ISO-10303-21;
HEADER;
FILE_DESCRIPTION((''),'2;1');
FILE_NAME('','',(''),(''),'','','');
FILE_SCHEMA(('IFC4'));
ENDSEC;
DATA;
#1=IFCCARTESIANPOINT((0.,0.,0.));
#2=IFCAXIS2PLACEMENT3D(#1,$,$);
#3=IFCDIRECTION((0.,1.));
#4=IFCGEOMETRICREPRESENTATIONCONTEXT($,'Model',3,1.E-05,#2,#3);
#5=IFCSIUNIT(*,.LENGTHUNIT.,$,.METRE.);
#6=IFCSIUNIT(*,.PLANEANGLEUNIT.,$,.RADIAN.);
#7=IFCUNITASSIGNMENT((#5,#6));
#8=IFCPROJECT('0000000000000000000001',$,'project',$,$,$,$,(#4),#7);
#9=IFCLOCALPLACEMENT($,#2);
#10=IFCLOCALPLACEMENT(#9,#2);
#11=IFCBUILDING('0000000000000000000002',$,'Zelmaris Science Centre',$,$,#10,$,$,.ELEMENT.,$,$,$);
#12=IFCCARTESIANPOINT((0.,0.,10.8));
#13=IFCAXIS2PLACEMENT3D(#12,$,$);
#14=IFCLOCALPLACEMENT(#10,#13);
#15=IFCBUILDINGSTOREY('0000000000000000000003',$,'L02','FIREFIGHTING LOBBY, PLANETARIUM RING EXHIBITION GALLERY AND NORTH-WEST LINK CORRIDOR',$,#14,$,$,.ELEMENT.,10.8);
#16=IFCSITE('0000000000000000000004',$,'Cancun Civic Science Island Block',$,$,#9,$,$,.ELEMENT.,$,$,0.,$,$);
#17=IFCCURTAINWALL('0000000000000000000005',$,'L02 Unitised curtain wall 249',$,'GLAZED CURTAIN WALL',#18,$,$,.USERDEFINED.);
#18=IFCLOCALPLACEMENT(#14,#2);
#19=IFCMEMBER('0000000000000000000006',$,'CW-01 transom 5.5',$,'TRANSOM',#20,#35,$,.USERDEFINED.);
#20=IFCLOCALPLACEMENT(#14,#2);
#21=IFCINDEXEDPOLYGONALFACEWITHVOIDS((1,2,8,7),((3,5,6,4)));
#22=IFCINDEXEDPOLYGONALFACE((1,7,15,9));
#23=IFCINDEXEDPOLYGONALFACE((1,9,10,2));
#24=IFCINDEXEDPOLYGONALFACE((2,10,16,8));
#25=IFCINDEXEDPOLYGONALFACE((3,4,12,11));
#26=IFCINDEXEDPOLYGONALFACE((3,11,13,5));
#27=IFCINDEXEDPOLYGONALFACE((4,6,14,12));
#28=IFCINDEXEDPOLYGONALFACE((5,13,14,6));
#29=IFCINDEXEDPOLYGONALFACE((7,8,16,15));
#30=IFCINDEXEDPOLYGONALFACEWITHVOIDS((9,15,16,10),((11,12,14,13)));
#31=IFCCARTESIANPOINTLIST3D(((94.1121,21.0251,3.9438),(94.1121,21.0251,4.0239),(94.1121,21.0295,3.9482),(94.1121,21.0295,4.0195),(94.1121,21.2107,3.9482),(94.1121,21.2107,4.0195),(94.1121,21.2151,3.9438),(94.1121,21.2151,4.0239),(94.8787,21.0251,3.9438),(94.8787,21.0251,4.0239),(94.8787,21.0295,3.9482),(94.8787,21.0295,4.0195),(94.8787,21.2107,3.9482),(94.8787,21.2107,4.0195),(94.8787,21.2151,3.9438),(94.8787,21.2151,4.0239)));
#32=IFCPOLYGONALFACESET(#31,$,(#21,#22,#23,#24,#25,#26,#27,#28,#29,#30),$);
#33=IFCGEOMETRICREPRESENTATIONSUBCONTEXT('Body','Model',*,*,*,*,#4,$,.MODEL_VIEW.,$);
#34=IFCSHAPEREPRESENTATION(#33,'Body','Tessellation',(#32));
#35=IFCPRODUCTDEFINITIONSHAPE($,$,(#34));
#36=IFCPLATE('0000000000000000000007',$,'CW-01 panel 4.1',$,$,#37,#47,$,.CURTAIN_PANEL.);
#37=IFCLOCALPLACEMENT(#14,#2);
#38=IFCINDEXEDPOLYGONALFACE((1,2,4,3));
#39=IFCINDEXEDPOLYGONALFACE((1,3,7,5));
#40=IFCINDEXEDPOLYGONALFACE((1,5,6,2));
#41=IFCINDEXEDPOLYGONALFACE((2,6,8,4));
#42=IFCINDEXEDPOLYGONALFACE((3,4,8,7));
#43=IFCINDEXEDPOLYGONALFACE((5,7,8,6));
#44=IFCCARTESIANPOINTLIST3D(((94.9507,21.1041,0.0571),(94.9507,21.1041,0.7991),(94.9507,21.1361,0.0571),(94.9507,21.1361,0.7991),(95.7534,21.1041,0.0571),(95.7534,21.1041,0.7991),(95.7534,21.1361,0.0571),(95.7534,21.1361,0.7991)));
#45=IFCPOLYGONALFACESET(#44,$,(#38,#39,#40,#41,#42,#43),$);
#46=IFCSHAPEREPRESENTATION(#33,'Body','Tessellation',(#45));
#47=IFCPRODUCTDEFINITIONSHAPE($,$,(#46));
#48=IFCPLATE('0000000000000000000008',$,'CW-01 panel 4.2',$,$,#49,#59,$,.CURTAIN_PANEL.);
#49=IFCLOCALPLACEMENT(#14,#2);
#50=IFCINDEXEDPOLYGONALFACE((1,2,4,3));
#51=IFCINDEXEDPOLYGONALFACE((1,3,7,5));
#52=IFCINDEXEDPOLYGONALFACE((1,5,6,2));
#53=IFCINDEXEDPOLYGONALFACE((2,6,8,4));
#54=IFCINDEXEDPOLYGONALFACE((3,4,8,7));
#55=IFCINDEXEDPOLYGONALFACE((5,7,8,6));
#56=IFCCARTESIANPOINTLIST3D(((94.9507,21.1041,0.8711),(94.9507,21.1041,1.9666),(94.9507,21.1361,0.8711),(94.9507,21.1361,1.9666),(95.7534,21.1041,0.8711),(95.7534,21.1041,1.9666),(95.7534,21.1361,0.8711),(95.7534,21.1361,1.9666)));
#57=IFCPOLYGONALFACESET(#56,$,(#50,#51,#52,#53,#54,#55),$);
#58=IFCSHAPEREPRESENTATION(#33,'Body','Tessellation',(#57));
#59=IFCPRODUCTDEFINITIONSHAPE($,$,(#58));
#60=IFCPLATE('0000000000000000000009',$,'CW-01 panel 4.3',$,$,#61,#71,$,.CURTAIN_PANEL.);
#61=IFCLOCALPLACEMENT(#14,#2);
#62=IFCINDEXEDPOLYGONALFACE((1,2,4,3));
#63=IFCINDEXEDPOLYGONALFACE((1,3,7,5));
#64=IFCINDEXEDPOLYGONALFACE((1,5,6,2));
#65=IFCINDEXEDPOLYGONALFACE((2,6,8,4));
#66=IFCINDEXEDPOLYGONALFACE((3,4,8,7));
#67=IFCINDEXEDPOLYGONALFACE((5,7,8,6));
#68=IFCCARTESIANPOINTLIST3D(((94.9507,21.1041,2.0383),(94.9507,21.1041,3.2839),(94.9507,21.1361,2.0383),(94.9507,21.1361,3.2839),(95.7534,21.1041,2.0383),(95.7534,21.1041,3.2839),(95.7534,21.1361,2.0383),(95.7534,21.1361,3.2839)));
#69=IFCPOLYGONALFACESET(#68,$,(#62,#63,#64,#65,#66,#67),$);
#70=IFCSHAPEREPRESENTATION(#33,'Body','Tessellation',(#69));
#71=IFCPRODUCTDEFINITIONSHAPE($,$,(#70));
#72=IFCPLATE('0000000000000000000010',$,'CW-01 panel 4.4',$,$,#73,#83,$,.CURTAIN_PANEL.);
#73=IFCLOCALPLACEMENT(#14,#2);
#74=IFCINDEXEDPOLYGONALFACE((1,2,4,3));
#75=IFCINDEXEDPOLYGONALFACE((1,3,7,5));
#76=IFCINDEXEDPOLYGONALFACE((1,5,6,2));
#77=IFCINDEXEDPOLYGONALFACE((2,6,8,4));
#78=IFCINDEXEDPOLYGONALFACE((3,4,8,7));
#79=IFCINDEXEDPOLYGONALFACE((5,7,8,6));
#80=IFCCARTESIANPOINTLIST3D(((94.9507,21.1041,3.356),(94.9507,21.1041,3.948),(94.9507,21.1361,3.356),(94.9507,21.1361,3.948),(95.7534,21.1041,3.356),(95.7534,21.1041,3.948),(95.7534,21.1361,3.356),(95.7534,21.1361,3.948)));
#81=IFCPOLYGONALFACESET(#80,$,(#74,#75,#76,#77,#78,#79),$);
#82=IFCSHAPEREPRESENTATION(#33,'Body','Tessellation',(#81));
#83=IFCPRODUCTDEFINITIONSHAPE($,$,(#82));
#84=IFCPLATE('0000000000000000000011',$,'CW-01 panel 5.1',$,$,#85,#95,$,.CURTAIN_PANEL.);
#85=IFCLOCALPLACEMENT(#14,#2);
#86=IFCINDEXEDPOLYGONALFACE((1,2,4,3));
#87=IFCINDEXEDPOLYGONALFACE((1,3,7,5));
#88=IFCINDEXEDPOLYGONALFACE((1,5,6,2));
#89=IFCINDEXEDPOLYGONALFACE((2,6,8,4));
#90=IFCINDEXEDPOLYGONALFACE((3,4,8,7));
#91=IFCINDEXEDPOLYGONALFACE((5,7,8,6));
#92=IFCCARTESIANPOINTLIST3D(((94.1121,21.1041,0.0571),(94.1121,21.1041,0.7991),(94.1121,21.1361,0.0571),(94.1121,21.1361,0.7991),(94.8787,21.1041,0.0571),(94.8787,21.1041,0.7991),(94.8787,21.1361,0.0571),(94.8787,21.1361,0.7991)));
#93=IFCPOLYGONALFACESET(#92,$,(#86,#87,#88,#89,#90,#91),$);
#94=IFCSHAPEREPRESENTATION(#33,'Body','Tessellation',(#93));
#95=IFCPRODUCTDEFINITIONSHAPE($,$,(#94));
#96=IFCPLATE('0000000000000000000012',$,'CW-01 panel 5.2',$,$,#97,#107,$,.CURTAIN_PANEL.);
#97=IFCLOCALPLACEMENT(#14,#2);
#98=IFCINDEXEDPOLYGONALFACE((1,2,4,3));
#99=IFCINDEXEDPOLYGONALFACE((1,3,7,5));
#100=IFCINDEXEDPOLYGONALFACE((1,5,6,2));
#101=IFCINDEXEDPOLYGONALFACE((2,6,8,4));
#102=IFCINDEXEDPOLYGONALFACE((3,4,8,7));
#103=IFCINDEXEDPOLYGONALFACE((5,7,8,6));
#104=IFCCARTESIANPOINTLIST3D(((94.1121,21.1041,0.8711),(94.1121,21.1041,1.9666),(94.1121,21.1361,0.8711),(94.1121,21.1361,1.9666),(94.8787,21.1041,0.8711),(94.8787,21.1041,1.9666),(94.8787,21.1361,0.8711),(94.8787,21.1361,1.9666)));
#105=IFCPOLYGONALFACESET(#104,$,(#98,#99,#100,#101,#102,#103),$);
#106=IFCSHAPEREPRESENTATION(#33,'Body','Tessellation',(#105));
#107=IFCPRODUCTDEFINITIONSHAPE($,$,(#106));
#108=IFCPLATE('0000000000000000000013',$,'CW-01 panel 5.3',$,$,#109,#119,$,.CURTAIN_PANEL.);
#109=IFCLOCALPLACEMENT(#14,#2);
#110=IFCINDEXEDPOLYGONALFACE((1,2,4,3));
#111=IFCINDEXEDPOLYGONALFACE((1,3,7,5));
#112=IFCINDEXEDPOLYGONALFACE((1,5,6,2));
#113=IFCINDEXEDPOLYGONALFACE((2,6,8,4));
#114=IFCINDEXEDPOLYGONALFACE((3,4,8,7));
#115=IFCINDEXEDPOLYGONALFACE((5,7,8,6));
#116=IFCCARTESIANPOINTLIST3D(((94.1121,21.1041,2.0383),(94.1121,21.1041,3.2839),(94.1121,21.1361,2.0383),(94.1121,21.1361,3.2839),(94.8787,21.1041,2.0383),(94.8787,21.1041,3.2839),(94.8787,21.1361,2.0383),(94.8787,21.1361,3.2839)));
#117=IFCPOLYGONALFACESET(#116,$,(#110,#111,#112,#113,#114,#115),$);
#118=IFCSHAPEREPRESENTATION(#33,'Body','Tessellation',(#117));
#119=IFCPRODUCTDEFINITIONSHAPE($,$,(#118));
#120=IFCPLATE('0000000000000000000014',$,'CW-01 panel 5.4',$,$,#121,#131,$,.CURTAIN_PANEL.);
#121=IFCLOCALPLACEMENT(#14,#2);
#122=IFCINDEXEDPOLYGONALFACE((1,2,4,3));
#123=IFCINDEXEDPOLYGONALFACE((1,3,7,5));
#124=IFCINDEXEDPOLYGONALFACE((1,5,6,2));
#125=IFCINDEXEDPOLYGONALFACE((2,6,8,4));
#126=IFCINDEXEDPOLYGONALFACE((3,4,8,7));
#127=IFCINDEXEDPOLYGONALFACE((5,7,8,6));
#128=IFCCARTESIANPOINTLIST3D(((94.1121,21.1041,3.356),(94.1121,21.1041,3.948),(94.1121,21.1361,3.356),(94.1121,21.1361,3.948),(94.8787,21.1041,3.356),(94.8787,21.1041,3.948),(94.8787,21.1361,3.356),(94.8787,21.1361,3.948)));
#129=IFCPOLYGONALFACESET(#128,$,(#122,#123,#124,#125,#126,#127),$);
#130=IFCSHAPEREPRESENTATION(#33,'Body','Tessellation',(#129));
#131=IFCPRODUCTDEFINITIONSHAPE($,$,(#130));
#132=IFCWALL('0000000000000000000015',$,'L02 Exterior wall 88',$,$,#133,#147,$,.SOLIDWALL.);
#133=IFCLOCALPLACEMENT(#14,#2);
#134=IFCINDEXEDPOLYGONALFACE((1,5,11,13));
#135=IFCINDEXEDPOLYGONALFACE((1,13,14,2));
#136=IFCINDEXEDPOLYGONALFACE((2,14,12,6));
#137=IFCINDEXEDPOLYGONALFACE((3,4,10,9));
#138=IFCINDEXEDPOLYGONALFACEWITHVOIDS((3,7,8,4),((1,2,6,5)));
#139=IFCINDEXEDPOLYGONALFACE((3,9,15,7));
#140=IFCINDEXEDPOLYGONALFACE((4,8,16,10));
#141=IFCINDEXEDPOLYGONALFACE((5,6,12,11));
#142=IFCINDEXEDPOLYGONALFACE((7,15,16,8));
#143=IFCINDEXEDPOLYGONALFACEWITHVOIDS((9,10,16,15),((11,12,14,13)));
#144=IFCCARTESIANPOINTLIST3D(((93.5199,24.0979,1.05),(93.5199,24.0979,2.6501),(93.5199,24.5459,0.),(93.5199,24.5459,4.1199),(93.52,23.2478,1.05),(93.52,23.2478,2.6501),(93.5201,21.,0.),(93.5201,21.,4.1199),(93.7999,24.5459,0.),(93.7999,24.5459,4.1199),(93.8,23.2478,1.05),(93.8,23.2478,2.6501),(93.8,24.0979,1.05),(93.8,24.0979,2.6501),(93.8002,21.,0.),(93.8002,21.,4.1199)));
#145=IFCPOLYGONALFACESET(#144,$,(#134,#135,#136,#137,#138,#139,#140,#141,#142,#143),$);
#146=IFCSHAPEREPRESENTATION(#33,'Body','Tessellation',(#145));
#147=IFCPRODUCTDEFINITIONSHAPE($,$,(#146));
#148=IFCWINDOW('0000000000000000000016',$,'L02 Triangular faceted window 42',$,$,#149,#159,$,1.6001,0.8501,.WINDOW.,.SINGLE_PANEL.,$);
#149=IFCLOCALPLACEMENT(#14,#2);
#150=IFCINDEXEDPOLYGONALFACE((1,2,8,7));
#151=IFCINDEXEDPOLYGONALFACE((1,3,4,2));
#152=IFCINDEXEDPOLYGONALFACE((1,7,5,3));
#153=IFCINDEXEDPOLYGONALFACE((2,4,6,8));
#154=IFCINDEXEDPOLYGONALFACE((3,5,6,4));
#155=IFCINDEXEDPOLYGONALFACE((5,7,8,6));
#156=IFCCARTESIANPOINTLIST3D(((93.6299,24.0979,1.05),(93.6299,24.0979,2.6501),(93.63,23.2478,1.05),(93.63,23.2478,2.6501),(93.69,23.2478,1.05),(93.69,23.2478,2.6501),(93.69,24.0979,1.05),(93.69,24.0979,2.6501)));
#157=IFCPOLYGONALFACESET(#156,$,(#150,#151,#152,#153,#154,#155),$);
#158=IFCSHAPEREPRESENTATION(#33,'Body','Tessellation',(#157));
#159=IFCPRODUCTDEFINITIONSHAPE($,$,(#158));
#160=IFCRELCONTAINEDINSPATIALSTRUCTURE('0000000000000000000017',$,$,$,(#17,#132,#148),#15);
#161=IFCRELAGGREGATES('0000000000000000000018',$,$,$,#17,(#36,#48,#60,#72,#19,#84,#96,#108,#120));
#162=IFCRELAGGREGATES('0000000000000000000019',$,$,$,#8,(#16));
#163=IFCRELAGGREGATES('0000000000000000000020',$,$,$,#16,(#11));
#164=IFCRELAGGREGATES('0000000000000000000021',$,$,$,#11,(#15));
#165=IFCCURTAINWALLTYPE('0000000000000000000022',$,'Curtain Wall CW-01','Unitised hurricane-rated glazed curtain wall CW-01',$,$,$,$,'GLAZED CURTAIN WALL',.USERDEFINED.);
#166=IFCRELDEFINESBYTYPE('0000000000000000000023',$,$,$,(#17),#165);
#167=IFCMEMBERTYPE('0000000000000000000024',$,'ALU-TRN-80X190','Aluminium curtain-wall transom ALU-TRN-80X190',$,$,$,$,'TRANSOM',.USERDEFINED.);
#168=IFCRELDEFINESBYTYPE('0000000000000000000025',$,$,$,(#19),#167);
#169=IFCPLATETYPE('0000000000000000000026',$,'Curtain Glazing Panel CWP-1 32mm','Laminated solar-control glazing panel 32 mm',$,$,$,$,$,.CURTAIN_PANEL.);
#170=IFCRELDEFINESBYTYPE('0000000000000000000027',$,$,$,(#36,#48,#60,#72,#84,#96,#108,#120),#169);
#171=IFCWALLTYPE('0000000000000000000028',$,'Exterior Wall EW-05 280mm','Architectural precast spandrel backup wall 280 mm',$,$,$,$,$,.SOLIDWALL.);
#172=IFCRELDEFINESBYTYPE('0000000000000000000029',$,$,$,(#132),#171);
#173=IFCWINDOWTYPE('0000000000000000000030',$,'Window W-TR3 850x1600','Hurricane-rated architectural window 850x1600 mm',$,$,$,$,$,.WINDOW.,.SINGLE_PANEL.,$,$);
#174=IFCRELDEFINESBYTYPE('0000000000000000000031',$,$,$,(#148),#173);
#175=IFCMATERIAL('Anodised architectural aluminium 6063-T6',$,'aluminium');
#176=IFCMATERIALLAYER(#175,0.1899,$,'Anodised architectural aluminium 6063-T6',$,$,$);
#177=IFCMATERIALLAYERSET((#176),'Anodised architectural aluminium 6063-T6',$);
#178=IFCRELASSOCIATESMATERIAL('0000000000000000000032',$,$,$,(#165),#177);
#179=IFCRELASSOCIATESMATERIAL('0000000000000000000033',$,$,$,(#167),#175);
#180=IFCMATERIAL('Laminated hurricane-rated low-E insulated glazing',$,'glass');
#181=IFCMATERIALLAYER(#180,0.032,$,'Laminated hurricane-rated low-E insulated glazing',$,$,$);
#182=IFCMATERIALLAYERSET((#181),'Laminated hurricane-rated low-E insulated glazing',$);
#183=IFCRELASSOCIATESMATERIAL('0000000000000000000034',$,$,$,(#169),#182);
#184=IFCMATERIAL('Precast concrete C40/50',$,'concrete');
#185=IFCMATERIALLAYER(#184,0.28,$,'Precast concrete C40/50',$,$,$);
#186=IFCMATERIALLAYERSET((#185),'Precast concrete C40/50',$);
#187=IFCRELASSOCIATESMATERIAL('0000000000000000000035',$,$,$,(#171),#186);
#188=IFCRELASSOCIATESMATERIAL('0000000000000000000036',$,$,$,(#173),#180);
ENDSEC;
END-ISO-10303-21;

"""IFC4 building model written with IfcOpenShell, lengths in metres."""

from ifc_helpers import new_model, si_unit, direction, frame, frame_2d, origin, origin_2d, place, context, subcontext, project, spatial, rectangle, hollow_rectangle, extrude, material, layer, layer_set, material_profile, profile_set, type_object, element, fill, aggregate, save


model = new_model("IFC4")

# Units and contexts
model_context = context("Model", 3, precision=1e-05, world=origin(), true_north=direction((0.0, 1.0)))
body_context = subcontext(model_context, "Body", "Model", "MODEL_VIEW")
ifc_project = project(units=[si_unit("LENGTHUNIT", "METRE"), si_unit("PLANEANGLEUNIT", "RADIAN")], contexts=[model_context])

# Site, building, storey
site_placement = place(None, origin())
site = spatial("IfcSite", under=ifc_project, at=site_placement, Name="Cancun Civic Science Island Block", CompositionType="ELEMENT", RefElevation=0.0)
building_placement = place(site_placement, origin())
building = spatial("IfcBuilding", under=site, at=building_placement, Name="Zelmaris Science Centre", CompositionType="ELEMENT")
storey_placement = place(building_placement, frame((0.0, 0.0, 10.8)))
storey = spatial("IfcBuildingStorey", under=building, at=storey_placement, Name="L02", Description="FIREFIGHTING LOBBY, PLANETARIUM RING EXHIBITION GALLERY AND NORTH-WEST LINK CORRIDOR", CompositionType="ELEMENT", Elevation=10.8)

# Curtain wall, member, plates
ifc_material_1 = material(Name="Anodised architectural aluminium 6063-T6", Category="aluminium")
ifc_layer_1 = layer(ifc_material_1, 0.1899, Name="Anodised architectural aluminium 6063-T6")
ifc_layer_set_1 = layer_set([ifc_layer_1], Name="Anodised architectural aluminium 6063-T6")
curtain_wall_type = type_object("IfcCurtainWallType", Name="Curtain Wall CW-01", Description="Unitised hurricane-rated glazed curtain wall CW-01", ElementType="GLAZED CURTAIN WALL", PredefinedType="USERDEFINED", material=ifc_layer_set_1)
curtain_wall_placement = place(storey_placement, origin())
curtain_wall = element("IfcCurtainWall", 1, at=curtain_wall_placement, inside=storey, type_object=curtain_wall_type, Name="L02 Unitised curtain wall 249", ObjectType="GLAZED CURTAIN WALL", PredefinedType="USERDEFINED")
ifc_material_profile_1 = material_profile(ifc_material_1, hollow_rectangle(XDim=0.0801, YDim=0.1899, WallThickness=0.0044, at=origin_2d()), Name="ALU-TRN-80X190")
ifc_profile_set_1 = profile_set([ifc_material_profile_1], Name="Anodised architectural aluminium 6063-T6")
member_type_1 = type_object("IfcMemberType", Name="ALU-TRN-80X190", Description="Aluminium curtain-wall transom ALU-TRN-80X190", ElementType="TRANSOM", PredefinedType="USERDEFINED", material=ifc_profile_set_1)
member_1_placement = place(storey_placement, frame((94.8787, 21.1201, 3.9839), z_axis=(-1.0, 0.0, 0.0), x_axis=(0.0, 0.0, 1.0)))
member_1 = element("IfcMember", 2, at=member_1_placement, type_object=member_type_1, Name="CW-01 transom 5.5", ObjectType="TRANSOM", PredefinedType="USERDEFINED", context=body_context, shape_type="SweptSolid", body=[
    extrude(hollow_rectangle(XDim=0.0801, YDim=0.1899, WallThickness=0.0044, at=origin_2d()), origin(), (0.0, 0.0, 1.0), 0.7666),
])
ifc_material_2 = material(Name="Laminated hurricane-rated low-E insulated glazing", Category="glass")
ifc_layer_2 = layer(ifc_material_2, 0.032, Name="Laminated hurricane-rated low-E insulated glazing")
ifc_layer_set_2 = layer_set([ifc_layer_2], Name="Laminated hurricane-rated low-E insulated glazing")
plate_type = type_object("IfcPlateType", Name="Curtain Glazing Panel CWP-1 32mm", Description="Laminated solar-control glazing panel 32 mm", PredefinedType="CURTAIN_PANEL", material=ifc_layer_set_2)
plate_1_placement = place(storey_placement, frame((95.3521, 21.1201, 0.0571), z_axis=(0.0, 0.0, 1.0), x_axis=(-1.0, 0.000023, 0.0)))
plate_1 = element("IfcPlate", 3, at=plate_1_placement, type_object=plate_type, Name="CW-01 panel 4.1", PredefinedType="CURTAIN_PANEL", context=body_context, shape_type="SweptSolid", body=[
    extrude(rectangle(XDim=0.8027, YDim=0.032, at=origin_2d()), origin(), (0.0, 0.0, 1.0), 0.7419),
])
plate_2_placement = place(storey_placement, frame((95.3521, 21.1201, 0.8711), z_axis=(0.0, 0.0, 1.0), x_axis=(-1.0, 0.000023, 0.0)))
plate_2 = element("IfcPlate", 4, at=plate_2_placement, type_object=plate_type, Name="CW-01 panel 4.2", PredefinedType="CURTAIN_PANEL", context=body_context, shape_type="SweptSolid", body=[
    extrude(rectangle(XDim=0.8027, YDim=0.032, at=origin_2d()), origin(), (0.0, 0.0, 1.0), 1.0955),
])
plate_3_placement = place(storey_placement, frame((95.3521, 21.1201, 2.0383), z_axis=(0.0, 0.0, 1.0), x_axis=(-1.0, 0.000023, 0.0)))
plate_3 = element("IfcPlate", 5, at=plate_3_placement, type_object=plate_type, Name="CW-01 panel 4.3", PredefinedType="CURTAIN_PANEL", context=body_context, shape_type="SweptSolid", body=[
    extrude(rectangle(XDim=0.8027, YDim=0.032, at=origin_2d()), origin(), (0.0, 0.0, 1.0), 1.2456),
])
plate_4_placement = place(storey_placement, frame((95.3521, 21.1201, 3.356), z_axis=(0.0, 0.0, 1.0), x_axis=(-1.0, 0.000023, 0.0)))
plate_4 = element("IfcPlate", 6, at=plate_4_placement, type_object=plate_type, Name="CW-01 panel 4.4", PredefinedType="CURTAIN_PANEL", context=body_context, shape_type="SweptSolid", body=[
    extrude(rectangle(XDim=0.8027, YDim=0.032, at=origin_2d()), origin(), (0.0, 0.0, 1.0), 0.592),
])
plate_5_placement = place(storey_placement, frame((94.4954, 21.1201, 0.0571), z_axis=(0.0, 0.0, 1.0), x_axis=(-1.0, 0.000023, 0.0)))
plate_5 = element("IfcPlate", 7, at=plate_5_placement, type_object=plate_type, Name="CW-01 panel 5.1", PredefinedType="CURTAIN_PANEL", context=body_context, shape_type="SweptSolid", body=[
    extrude(rectangle(XDim=0.7666, YDim=0.032, at=origin_2d()), origin(), (0.0, 0.0, 1.0), 0.7419),
])
plate_6_placement = place(storey_placement, frame((94.4954, 21.1201, 0.8711), z_axis=(0.0, 0.0, 1.0), x_axis=(-1.0, 0.000023, 0.0)))
plate_6 = element("IfcPlate", 8, at=plate_6_placement, type_object=plate_type, Name="CW-01 panel 5.2", PredefinedType="CURTAIN_PANEL", context=body_context, shape_type="SweptSolid", body=[
    extrude(rectangle(XDim=0.7666, YDim=0.032, at=origin_2d()), origin(), (0.0, 0.0, 1.0), 1.0955),
])
plate_7_placement = place(storey_placement, frame((94.4954, 21.1201, 2.0383), z_axis=(0.0, 0.0, 1.0), x_axis=(-1.0, 0.000023, 0.0)))
plate_7 = element("IfcPlate", 9, at=plate_7_placement, type_object=plate_type, Name="CW-01 panel 5.3", PredefinedType="CURTAIN_PANEL", context=body_context, shape_type="SweptSolid", body=[
    extrude(rectangle(XDim=0.7666, YDim=0.032, at=origin_2d()), origin(), (0.0, 0.0, 1.0), 1.2456),
])
plate_8_placement = place(storey_placement, frame((94.4954, 21.1201, 3.356), z_axis=(0.0, 0.0, 1.0), x_axis=(-1.0, 0.000023, 0.0)))
plate_8 = element("IfcPlate", 10, at=plate_8_placement, type_object=plate_type, Name="CW-01 panel 5.4", PredefinedType="CURTAIN_PANEL", context=body_context, shape_type="SweptSolid", body=[
    extrude(rectangle(XDim=0.7666, YDim=0.032, at=origin_2d()), origin(), (0.0, 0.0, 1.0), 0.592),
])
aggregate(curtain_wall, [plate_1, plate_2, plate_3, plate_4, member_1, plate_5, plate_6, plate_7, plate_8])

# Wall, opening, window
ifc_material_3 = material(Name="Precast concrete C40/50", Category="concrete")
ifc_layer_3 = layer(ifc_material_3, 0.28, Name="Precast concrete C40/50")
ifc_layer_set_3 = layer_set([ifc_layer_3], Name="Precast concrete C40/50")
wall_type = type_object("IfcWallType", Name="Exterior Wall EW-05 280mm", Description="Architectural precast spandrel backup wall 280 mm", PredefinedType="SOLIDWALL", material=ifc_layer_set_3)
wall_placement = place(storey_placement, frame((93.6602, 21.0, 0.0), z_axis=(0.0, 0.0, 1.0), x_axis=(-0.000069, 1.0, 0.0)))
wall = element("IfcWall", 11, at=wall_placement, inside=storey, type_object=wall_type, Name="L02 Exterior wall 88", PredefinedType="SOLIDWALL", context=body_context, shape_type="SweptSolid", body=[
    extrude(rectangle(XDim=3.5459, YDim=0.28, at=frame_2d((1.7729, 0.0))), origin(), (0.0, 0.0, 1.0), 4.1199),
])
opening_placement = place(wall_placement, frame((2.2478, 0.0, 1.05)))
opening = element("IfcOpeningElement", 12, at=opening_placement, cuts=wall, PredefinedType="OPENING", context=body_context, shape_type="SweptSolid", body=[
    extrude(rectangle(XDim=0.8501, YDim=1.6001, at=frame_2d((0.425, 0.8))), frame((0.0, 0.1499, 0.0), z_axis=(0.0, -1.0, 0.0), x_axis=(1.0, 0.0, 0.0)), (0.0, 0.0, 1.0), 0.3),
])
window_type = type_object("IfcWindowType", Name="Window W-TR3 850x1600", Description="Hurricane-rated architectural window 850x1600 mm", PartitioningType="SINGLE_PANEL", PredefinedType="WINDOW", material=ifc_material_2)
window_placement = place(opening_placement, origin())
window = element("IfcWindow", 13, at=window_placement, inside=storey, type_object=window_type, Name="L02 Triangular faceted window 42", OverallHeight=1.6001, OverallWidth=0.8501, PartitioningType="SINGLE_PANEL", PredefinedType="WINDOW", context=body_context, shape_type="SweptSolid", body=[
    extrude(rectangle(XDim=0.8501, YDim=1.6001, at=frame_2d((0.425, 0.8))), frame((0.0, 0.03, 0.0), z_axis=(0.0, -1.0, 0.0), x_axis=(1.0, 0.0, 0.0)), (0.0, 0.0, 1.0), 0.0601),
])
fill(opening, window)

save(model, "model.ifc")
